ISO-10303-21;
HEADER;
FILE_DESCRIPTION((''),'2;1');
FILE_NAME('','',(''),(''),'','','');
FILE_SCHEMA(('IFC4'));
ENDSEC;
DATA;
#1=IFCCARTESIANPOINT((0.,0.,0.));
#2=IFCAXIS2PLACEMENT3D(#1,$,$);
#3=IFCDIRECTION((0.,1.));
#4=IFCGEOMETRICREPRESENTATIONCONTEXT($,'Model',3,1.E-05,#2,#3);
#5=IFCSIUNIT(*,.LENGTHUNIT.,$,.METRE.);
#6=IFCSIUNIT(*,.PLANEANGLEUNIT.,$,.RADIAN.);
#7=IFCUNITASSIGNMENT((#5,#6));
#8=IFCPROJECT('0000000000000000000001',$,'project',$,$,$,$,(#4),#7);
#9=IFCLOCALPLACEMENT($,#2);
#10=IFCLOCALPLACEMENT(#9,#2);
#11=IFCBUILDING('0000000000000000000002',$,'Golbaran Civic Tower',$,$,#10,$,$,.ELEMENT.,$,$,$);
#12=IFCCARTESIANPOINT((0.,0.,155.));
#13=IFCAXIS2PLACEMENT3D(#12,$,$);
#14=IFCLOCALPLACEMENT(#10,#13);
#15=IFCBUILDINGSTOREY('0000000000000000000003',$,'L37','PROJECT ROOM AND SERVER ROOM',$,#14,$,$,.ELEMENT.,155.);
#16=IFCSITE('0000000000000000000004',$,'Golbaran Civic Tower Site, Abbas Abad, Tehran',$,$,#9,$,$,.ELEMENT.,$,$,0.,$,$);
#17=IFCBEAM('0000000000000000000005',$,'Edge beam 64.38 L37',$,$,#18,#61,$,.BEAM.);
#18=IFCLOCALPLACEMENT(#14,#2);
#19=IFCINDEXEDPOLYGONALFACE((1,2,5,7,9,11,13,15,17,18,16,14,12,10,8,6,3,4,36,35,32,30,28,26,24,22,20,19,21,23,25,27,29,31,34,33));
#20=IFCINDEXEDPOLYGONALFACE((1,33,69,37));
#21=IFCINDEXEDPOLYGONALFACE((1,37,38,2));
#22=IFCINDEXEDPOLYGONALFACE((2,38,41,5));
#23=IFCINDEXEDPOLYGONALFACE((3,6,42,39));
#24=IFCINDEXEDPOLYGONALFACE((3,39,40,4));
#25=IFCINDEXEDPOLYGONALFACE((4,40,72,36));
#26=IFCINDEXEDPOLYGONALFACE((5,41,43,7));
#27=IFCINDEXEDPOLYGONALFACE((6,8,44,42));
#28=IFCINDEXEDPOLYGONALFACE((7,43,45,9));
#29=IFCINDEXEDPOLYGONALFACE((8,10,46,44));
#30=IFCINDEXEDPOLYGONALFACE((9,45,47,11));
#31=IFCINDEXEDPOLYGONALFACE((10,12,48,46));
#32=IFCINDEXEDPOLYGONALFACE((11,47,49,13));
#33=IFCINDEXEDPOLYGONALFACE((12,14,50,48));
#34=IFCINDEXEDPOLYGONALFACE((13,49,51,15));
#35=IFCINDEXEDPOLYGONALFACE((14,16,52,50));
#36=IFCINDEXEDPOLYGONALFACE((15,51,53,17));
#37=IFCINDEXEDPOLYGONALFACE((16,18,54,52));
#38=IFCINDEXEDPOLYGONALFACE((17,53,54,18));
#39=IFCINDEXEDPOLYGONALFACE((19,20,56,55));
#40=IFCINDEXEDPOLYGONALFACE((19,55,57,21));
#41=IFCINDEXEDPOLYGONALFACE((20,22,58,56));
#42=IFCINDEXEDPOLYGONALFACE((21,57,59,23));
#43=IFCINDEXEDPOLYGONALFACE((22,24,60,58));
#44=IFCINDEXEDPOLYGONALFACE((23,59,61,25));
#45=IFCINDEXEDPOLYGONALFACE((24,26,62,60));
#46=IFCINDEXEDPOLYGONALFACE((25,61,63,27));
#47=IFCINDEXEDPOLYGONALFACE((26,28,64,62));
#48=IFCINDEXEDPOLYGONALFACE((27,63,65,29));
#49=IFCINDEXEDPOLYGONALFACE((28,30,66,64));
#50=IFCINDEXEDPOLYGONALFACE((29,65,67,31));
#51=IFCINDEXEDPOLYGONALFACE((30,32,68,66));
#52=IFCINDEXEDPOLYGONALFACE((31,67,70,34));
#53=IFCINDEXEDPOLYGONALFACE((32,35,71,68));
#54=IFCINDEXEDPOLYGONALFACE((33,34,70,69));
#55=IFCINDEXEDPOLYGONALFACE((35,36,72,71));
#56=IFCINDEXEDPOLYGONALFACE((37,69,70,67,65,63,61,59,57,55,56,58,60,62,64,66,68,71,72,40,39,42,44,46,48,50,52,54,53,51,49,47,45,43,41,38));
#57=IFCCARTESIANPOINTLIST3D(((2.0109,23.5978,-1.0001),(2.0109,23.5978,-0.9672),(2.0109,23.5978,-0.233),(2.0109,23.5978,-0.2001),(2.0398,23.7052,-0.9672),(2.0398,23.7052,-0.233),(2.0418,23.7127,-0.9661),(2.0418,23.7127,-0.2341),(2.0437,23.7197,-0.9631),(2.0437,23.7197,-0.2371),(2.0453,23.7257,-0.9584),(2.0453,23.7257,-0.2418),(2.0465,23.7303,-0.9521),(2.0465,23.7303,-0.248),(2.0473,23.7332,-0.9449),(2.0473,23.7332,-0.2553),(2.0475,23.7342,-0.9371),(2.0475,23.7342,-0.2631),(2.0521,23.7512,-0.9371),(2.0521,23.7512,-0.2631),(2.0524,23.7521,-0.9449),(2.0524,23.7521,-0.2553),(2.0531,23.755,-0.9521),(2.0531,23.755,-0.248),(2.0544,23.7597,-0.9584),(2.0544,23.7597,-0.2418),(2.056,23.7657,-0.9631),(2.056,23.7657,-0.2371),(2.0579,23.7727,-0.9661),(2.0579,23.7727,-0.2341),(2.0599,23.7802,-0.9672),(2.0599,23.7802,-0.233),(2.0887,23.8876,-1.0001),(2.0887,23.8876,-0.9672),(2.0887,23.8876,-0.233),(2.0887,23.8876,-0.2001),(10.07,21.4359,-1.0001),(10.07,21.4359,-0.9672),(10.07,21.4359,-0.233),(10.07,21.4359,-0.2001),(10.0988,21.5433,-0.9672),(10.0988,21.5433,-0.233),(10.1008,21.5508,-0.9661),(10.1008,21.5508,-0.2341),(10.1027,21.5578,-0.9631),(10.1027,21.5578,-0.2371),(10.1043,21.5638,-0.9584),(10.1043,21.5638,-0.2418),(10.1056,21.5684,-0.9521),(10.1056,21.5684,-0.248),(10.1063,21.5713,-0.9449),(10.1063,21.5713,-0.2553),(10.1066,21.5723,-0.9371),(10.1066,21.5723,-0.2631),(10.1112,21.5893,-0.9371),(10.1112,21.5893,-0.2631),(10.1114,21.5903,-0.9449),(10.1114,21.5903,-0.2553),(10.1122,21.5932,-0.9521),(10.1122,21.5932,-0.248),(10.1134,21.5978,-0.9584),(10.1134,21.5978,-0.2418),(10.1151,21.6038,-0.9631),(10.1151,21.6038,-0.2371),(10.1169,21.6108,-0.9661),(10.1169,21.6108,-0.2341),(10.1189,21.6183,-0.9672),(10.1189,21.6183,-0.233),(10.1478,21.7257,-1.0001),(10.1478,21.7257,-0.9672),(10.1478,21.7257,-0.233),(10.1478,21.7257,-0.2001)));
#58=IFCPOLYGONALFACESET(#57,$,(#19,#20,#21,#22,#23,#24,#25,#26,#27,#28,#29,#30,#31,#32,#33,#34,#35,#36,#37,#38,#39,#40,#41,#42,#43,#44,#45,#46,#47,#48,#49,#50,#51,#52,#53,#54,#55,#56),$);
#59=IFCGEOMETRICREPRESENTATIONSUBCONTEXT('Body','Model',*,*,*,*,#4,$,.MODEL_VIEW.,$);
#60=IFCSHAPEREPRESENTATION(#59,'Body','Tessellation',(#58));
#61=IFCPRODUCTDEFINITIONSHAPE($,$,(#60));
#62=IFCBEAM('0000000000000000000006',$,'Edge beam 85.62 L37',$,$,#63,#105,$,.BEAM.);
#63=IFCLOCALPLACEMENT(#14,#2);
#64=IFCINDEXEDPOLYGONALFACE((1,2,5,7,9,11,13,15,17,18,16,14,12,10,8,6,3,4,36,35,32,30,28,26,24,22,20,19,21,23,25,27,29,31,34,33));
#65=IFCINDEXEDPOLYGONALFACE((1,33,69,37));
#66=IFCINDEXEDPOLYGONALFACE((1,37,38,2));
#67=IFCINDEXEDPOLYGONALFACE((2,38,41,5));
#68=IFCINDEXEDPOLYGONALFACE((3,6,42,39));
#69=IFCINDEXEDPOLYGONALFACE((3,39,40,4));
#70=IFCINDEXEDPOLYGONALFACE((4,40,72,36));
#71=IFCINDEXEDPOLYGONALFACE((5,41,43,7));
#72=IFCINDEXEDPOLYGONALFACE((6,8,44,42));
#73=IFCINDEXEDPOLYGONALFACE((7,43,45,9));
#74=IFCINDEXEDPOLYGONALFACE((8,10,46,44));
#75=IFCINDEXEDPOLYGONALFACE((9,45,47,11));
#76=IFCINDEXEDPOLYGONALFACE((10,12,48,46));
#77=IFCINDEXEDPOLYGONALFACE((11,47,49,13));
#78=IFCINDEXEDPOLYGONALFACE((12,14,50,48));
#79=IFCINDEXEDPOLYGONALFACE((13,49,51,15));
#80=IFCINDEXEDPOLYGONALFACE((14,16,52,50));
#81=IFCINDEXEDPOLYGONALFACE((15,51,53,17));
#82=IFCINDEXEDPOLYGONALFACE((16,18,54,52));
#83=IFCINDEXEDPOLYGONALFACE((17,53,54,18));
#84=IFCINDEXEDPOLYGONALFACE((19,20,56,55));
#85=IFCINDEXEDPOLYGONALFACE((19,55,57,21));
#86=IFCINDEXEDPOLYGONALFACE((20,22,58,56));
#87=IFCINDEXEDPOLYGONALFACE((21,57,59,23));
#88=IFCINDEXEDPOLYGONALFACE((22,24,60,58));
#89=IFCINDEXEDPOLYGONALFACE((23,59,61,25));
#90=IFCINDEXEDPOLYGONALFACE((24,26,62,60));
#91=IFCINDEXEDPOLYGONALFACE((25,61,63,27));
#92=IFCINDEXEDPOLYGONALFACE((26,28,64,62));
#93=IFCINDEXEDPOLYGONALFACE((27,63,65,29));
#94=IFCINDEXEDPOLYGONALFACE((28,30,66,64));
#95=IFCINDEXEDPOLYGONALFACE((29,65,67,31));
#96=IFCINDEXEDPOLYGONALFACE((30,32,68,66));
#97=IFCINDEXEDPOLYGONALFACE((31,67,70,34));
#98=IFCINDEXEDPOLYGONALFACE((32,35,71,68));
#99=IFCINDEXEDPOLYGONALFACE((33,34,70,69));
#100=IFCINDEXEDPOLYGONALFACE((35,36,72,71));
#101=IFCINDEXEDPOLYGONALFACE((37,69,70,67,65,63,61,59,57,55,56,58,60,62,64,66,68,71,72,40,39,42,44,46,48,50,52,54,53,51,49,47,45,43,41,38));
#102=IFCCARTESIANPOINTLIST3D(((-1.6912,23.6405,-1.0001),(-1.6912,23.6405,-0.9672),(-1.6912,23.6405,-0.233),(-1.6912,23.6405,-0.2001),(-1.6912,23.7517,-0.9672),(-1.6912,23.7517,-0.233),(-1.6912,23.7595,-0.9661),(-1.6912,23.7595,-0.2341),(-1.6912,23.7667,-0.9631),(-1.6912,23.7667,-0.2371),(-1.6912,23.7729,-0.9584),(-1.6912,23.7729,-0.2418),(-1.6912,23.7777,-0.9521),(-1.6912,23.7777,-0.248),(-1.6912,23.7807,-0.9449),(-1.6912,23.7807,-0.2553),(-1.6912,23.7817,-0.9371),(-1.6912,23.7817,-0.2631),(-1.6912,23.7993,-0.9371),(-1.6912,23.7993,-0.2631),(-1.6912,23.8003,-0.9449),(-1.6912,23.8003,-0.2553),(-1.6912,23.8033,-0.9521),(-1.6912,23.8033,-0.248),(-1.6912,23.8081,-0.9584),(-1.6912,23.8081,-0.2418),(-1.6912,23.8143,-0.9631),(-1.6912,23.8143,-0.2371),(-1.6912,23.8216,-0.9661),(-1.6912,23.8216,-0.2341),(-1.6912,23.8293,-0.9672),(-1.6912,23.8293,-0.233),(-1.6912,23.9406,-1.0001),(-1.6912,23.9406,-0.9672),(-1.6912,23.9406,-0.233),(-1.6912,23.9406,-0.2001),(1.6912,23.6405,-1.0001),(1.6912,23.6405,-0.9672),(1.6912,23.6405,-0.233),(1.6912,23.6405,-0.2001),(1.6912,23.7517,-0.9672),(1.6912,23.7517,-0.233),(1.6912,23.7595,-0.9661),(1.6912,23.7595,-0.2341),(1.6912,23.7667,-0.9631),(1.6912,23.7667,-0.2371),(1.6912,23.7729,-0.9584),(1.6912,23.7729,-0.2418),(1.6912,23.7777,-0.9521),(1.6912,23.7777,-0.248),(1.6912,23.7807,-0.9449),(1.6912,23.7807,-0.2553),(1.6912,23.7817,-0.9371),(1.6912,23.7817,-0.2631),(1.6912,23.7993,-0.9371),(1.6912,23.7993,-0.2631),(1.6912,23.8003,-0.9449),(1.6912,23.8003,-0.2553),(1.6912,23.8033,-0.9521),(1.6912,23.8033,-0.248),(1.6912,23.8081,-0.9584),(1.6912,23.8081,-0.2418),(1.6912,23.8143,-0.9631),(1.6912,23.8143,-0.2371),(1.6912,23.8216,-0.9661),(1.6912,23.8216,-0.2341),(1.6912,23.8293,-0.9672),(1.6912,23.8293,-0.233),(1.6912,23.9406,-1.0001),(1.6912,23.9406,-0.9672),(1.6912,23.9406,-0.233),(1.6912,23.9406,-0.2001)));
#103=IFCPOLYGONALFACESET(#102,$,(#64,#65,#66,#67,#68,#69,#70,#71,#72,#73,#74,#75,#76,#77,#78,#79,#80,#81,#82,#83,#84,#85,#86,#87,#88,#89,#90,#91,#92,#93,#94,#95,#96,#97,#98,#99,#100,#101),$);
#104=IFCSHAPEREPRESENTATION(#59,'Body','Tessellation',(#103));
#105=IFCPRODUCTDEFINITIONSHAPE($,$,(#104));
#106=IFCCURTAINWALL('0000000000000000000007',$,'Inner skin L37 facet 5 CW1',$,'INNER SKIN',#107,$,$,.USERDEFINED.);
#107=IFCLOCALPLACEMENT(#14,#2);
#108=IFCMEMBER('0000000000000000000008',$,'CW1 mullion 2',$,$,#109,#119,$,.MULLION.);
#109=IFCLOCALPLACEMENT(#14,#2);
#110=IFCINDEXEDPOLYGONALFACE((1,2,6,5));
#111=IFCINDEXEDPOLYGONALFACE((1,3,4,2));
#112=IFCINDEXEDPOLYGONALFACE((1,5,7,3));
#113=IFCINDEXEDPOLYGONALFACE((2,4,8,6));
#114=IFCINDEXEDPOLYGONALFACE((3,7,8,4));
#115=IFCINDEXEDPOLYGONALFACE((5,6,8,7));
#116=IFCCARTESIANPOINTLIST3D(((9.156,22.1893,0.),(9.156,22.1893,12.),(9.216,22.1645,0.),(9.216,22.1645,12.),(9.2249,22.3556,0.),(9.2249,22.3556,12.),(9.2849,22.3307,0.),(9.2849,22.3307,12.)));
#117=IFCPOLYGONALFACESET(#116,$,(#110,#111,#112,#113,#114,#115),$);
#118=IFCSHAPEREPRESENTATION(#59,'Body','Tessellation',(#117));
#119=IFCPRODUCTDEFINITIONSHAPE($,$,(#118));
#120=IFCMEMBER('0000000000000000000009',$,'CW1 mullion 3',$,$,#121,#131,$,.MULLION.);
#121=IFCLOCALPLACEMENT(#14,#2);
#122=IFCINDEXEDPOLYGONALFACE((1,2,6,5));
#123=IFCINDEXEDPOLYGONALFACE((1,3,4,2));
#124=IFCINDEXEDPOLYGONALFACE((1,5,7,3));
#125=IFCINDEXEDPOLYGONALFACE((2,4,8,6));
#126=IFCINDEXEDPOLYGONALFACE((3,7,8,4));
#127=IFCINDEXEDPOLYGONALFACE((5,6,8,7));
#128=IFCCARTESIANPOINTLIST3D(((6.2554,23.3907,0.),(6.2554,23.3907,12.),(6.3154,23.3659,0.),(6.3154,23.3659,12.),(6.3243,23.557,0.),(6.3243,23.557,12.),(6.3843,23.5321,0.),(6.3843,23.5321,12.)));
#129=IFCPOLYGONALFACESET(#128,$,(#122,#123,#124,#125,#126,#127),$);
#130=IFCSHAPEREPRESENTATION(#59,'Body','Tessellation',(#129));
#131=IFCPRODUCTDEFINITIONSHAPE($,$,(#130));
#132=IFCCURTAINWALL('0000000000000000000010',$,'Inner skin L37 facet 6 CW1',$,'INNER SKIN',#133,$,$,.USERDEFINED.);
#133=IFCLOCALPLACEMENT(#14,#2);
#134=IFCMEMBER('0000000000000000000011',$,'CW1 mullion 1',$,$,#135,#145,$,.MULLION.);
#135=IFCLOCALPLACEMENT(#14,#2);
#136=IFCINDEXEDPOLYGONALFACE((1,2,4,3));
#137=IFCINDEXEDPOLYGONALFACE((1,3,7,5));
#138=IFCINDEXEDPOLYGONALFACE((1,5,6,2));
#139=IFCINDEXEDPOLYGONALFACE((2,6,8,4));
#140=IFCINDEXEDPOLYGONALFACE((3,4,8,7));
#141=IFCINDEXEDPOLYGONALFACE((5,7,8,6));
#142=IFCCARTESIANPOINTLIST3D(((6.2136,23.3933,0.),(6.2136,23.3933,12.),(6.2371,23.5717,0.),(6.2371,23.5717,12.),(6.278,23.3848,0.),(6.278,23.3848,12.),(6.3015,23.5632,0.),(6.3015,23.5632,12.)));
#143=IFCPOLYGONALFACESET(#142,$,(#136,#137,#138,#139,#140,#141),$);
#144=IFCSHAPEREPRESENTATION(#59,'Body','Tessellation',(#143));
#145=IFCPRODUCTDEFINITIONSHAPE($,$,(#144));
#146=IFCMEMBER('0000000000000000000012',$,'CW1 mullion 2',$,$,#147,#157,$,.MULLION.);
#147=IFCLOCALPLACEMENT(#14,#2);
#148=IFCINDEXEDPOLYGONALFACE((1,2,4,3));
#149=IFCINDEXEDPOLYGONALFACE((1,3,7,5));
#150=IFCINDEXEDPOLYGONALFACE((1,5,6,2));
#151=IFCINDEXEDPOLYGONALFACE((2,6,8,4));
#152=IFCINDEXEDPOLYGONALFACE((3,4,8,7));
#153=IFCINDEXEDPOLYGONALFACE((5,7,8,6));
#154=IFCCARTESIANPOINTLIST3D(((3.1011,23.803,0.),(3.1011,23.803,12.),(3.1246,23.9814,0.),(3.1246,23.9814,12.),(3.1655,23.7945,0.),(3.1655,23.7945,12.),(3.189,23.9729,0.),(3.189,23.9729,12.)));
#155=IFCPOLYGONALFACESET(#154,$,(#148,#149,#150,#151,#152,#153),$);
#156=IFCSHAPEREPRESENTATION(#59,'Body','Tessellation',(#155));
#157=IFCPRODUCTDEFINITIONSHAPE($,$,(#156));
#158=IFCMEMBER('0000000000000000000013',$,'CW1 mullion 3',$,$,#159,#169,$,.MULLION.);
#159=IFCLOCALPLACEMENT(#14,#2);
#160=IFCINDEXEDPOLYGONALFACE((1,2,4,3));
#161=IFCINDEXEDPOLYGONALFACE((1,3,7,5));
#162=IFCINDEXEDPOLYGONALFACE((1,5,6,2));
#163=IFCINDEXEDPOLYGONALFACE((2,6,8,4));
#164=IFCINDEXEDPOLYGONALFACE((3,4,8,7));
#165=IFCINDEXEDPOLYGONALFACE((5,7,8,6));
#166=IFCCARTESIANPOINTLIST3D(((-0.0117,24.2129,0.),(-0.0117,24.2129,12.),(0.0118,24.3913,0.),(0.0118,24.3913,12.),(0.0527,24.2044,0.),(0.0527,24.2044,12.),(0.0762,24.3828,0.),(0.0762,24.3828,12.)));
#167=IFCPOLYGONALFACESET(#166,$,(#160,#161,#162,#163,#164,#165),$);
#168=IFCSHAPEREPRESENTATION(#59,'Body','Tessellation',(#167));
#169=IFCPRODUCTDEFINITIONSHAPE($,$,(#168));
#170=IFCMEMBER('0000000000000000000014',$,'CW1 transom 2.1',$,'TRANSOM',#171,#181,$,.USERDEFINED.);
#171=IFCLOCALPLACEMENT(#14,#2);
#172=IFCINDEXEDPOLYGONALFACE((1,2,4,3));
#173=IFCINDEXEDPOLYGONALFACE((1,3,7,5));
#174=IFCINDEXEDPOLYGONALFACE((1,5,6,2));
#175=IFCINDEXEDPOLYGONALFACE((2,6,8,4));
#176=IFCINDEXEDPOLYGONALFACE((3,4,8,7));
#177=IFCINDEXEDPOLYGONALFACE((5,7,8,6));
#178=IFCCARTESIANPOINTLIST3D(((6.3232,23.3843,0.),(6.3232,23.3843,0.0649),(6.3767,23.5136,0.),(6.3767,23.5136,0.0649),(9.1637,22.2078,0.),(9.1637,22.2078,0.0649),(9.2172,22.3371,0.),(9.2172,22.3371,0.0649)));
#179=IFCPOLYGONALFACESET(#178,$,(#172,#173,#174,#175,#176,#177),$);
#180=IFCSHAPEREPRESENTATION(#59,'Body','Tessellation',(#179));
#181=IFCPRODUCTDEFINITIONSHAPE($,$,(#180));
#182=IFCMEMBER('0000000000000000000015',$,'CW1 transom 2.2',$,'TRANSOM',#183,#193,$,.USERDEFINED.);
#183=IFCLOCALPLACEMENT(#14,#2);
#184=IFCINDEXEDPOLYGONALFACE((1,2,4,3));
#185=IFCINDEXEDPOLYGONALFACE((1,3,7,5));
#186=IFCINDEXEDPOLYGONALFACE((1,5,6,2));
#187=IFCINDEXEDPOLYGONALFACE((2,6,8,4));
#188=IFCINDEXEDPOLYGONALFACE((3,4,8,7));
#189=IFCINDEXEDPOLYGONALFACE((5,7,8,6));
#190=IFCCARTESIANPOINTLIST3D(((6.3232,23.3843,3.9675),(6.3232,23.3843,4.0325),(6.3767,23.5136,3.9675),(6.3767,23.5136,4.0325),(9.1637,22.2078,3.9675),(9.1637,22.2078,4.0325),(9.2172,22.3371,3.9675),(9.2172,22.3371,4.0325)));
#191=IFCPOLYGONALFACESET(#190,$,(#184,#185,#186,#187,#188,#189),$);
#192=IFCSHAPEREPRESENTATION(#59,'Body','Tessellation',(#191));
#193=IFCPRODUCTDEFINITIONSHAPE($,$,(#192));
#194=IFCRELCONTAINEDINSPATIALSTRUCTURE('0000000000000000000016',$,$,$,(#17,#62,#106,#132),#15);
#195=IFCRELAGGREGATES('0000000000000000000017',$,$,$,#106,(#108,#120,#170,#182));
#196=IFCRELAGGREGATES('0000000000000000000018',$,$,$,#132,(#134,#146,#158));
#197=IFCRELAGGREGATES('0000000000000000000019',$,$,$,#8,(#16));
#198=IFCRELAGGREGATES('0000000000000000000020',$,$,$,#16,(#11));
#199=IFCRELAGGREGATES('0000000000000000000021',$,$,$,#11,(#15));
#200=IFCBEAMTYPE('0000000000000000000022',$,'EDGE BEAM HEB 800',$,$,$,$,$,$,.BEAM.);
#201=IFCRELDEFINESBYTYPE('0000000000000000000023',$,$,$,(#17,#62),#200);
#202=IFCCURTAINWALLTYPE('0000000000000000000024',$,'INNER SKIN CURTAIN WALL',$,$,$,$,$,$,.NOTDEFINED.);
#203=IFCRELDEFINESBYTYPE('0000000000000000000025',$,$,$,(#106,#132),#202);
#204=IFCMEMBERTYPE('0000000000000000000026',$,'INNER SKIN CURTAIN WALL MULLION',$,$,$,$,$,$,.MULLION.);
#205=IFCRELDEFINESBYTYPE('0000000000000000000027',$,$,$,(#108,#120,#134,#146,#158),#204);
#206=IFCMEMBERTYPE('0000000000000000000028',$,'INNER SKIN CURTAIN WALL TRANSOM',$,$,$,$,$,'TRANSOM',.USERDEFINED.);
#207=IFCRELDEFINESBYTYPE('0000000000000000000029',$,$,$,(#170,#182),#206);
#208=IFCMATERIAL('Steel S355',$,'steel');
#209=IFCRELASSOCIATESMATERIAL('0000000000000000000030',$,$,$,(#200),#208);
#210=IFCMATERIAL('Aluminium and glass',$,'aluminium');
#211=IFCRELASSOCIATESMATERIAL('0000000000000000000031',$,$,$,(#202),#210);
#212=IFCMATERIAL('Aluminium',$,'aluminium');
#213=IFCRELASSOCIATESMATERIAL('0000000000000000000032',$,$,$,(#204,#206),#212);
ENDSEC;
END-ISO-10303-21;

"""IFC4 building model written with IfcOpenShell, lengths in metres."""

from ifc_helpers import new_model, si_unit, direction, frame, origin, origin_2d, place, context, subcontext, project, spatial, rectangle, i_section, extrude, material, material_profile, profile_set, type_object, element, aggregate, save


model = new_model("IFC4")

# Units and contexts
model_context = context("Model", 3, precision=1e-05, world=origin(), true_north=direction((0.0, 1.0)))
body_context = subcontext(model_context, "Body", "Model", "MODEL_VIEW")
ifc_project = project(units=[si_unit("LENGTHUNIT", "METRE"), si_unit("PLANEANGLEUNIT", "RADIAN")], contexts=[model_context])

# Site, building, storey
site_placement = place(None, origin())
site = spatial("IfcSite", under=ifc_project, at=site_placement, Name="Golbaran Civic Tower Site, Abbas Abad, Tehran", CompositionType="ELEMENT", RefElevation=0.0)
building_placement = place(site_placement, origin())
building = spatial("IfcBuilding", under=site, at=building_placement, Name="Golbaran Civic Tower", CompositionType="ELEMENT")
storey_placement = place(building_placement, frame((0.0, 0.0, 155.0)))
storey = spatial("IfcBuildingStorey", under=building, at=storey_placement, Name="L37", Description="PROJECT ROOM AND SERVER ROOM", CompositionType="ELEMENT", Elevation=155.0)

# Beams
ifc_material_1 = material(Name="Steel S355", Category="steel")
ifc_material_profile_1 = material_profile(ifc_material_1, i_section(OverallWidth=0.3, OverallDepth=0.8, WebThickness=0.0176, FlangeThickness=0.033, FilletRadius=0.03, at=origin_2d()), Name="HEB 800")
ifc_profile_set_1 = profile_set([ifc_material_profile_1], Name="Steel S355")
beam_type = type_object("IfcBeamType", Name="EDGE BEAM HEB 800", PredefinedType="BEAM", material=ifc_profile_set_1)
beam_1_placement = place(storey_placement, frame((10.1089, 21.5808, -0.6001), z_axis=(-0.965853, 0.259092, 0.0), x_axis=(-0.259092, -0.965853, 0.0)))
element("IfcBeam", 1, at=beam_1_placement, inside=storey, type_object=beam_type, Name="Edge beam 64.38 L37", PredefinedType="BEAM", context=body_context, shape_type="SweptSolid", body=[
    extrude(i_section(OverallWidth=0.3, OverallDepth=0.8, WebThickness=0.0176, FlangeThickness=0.033, FilletRadius=0.03, at=origin_2d()), origin(), (0.0, 0.0, 1.0), 8.344),
])
beam_2_placement = place(storey_placement, frame((1.6912, 23.7905, -0.6001), z_axis=(-1.0, 0.0, 0.0), x_axis=(0.0, -1.0, 0.0)))
element("IfcBeam", 2, at=beam_2_placement, inside=storey, type_object=beam_type, Name="Edge beam 85.62 L37", PredefinedType="BEAM", context=body_context, shape_type="SweptSolid", body=[
    extrude(i_section(OverallWidth=0.3, OverallDepth=0.8, WebThickness=0.0176, FlangeThickness=0.033, FilletRadius=0.03, at=origin_2d()), origin(), (0.0, 0.0, 1.0), 3.3823),
])

# Curtain walls, members
ifc_material_2 = material(Name="Aluminium and glass", Category="aluminium")
curtain_wall_type = type_object("IfcCurtainWallType", Name="INNER SKIN CURTAIN WALL", PredefinedType="NOTDEFINED", material=ifc_material_2)
curtain_wall_1_placement = place(storey_placement, origin())
curtain_wall_1 = element("IfcCurtainWall", 3, at=curtain_wall_1_placement, inside=storey, type_object=curtain_wall_type, Name="Inner skin L37 facet 5 CW1", ObjectType="INNER SKIN", PredefinedType="USERDEFINED")
ifc_material_3 = material(Name="Aluminium", Category="aluminium")
ifc_material_profile_2 = material_profile(ifc_material_3, rectangle(XDim=0.1799, YDim=0.0649, at=origin_2d()), Name="INNER SKIN CURTAIN WALL MULLION")
ifc_profile_set_2 = profile_set([ifc_material_profile_2], Name="Aluminium")
member_type_1 = type_object("IfcMemberType", Name="INNER SKIN CURTAIN WALL MULLION", PredefinedType="MULLION", material=ifc_profile_set_2)
member_1_placement = place(storey_placement, frame((9.2205, 22.26, 0.0), z_axis=(0.0, 0.0, 1.0), x_axis=(-0.382683, -0.92388, 0.0)))
member_1 = element("IfcMember", 4, at=member_1_placement, type_object=member_type_1, Name="CW1 mullion 2", PredefinedType="MULLION", context=body_context, shape_type="SweptSolid", body=[
    extrude(rectangle(XDim=0.1799, YDim=0.0649, at=origin_2d()), origin(), (0.0, 0.0, 1.0), 12.0),
])
member_2_placement = place(storey_placement, frame((6.3198, 23.4614, 0.0), z_axis=(0.0, 0.0, 1.0), x_axis=(-0.382683, -0.92388, 0.0)))
member_2 = element("IfcMember", 5, at=member_2_placement, type_object=member_type_1, Name="CW1 mullion 3", PredefinedType="MULLION", context=body_context, shape_type="SweptSolid", body=[
    extrude(rectangle(XDim=0.1799, YDim=0.0649, at=origin_2d()), origin(), (0.0, 0.0, 1.0), 12.0),
])
curtain_wall_2_placement = place(storey_placement, origin())
curtain_wall_2 = element("IfcCurtainWall", 6, at=curtain_wall_2_placement, inside=storey, type_object=curtain_wall_type, Name="Inner skin L37 facet 6 CW1", ObjectType="INNER SKIN", PredefinedType="USERDEFINED")
member_3_placement = place(storey_placement, frame((6.2576, 23.4783, 0.0), z_axis=(0.0, 0.0, 1.0), x_axis=(-0.130526, -0.991445, 0.0)))
member_3 = element("IfcMember", 7, at=member_3_placement, type_object=member_type_1, Name="CW1 mullion 1", PredefinedType="MULLION", context=body_context, shape_type="SweptSolid", body=[
    extrude(rectangle(XDim=0.1799, YDim=0.0649, at=origin_2d()), origin(), (0.0, 0.0, 1.0), 12.0),
])
member_4_placement = place(storey_placement, frame((3.145, 23.8879, 0.0), z_axis=(0.0, 0.0, 1.0), x_axis=(-0.130526, -0.991445, 0.0)))
member_4 = element("IfcMember", 8, at=member_4_placement, type_object=member_type_1, Name="CW1 mullion 2", PredefinedType="MULLION", context=body_context, shape_type="SweptSolid", body=[
    extrude(rectangle(XDim=0.1799, YDim=0.0649, at=origin_2d()), origin(), (0.0, 0.0, 1.0), 12.0),
])
member_5_placement = place(storey_placement, frame((0.0322, 24.2979, 0.0), z_axis=(0.0, 0.0, 1.0), x_axis=(-0.130526, -0.991445, 0.0)))
member_5 = element("IfcMember", 9, at=member_5_placement, type_object=member_type_1, Name="CW1 mullion 3", PredefinedType="MULLION", context=body_context, shape_type="SweptSolid", body=[
    extrude(rectangle(XDim=0.1799, YDim=0.0649, at=origin_2d()), origin(), (0.0, 0.0, 1.0), 12.0),
])

# Members
ifc_material_profile_3 = material_profile(ifc_material_3, rectangle(XDim=0.1399, YDim=0.0649, at=origin_2d()), Name="INNER SKIN CURTAIN WALL TRANSOM")
ifc_profile_set_3 = profile_set([ifc_material_profile_3], Name="Aluminium")
member_type_2 = type_object("IfcMemberType", Name="INNER SKIN CURTAIN WALL TRANSOM", ElementType="TRANSOM", PredefinedType="USERDEFINED", material=ifc_profile_set_3)
member_6_placement = place(storey_placement, frame((9.1904, 22.2725, 0.0325), z_axis=(-0.92389, 0.382658, 0.0), x_axis=(-0.382658, -0.92389, 0.0)))
member_6 = element("IfcMember", 10, at=member_6_placement, type_object=member_type_2, Name="CW1 transom 2.1", ObjectType="TRANSOM", PredefinedType="USERDEFINED", context=body_context, shape_type="SweptSolid", body=[
    extrude(rectangle(XDim=0.1399, YDim=0.0649, at=origin_2d()), origin(), (0.0, 0.0, 1.0), 3.0745),
])
member_7_placement = place(storey_placement, frame((9.1904, 22.2725, 4.0), z_axis=(-0.92389, 0.382658, 0.0), x_axis=(-0.382658, -0.92389, 0.0)))
member_7 = element("IfcMember", 11, at=member_7_placement, type_object=member_type_2, Name="CW1 transom 2.2", ObjectType="TRANSOM", PredefinedType="USERDEFINED", context=body_context, shape_type="SweptSolid", body=[
    extrude(rectangle(XDim=0.1399, YDim=0.0649, at=origin_2d()), origin(), (0.0, 0.0, 1.0), 3.0745),
])

aggregate(curtain_wall_1, [member_1, member_2, member_6, member_7])
aggregate(curtain_wall_2, [member_3, member_4, member_5])

save(model, "model.ifc")
